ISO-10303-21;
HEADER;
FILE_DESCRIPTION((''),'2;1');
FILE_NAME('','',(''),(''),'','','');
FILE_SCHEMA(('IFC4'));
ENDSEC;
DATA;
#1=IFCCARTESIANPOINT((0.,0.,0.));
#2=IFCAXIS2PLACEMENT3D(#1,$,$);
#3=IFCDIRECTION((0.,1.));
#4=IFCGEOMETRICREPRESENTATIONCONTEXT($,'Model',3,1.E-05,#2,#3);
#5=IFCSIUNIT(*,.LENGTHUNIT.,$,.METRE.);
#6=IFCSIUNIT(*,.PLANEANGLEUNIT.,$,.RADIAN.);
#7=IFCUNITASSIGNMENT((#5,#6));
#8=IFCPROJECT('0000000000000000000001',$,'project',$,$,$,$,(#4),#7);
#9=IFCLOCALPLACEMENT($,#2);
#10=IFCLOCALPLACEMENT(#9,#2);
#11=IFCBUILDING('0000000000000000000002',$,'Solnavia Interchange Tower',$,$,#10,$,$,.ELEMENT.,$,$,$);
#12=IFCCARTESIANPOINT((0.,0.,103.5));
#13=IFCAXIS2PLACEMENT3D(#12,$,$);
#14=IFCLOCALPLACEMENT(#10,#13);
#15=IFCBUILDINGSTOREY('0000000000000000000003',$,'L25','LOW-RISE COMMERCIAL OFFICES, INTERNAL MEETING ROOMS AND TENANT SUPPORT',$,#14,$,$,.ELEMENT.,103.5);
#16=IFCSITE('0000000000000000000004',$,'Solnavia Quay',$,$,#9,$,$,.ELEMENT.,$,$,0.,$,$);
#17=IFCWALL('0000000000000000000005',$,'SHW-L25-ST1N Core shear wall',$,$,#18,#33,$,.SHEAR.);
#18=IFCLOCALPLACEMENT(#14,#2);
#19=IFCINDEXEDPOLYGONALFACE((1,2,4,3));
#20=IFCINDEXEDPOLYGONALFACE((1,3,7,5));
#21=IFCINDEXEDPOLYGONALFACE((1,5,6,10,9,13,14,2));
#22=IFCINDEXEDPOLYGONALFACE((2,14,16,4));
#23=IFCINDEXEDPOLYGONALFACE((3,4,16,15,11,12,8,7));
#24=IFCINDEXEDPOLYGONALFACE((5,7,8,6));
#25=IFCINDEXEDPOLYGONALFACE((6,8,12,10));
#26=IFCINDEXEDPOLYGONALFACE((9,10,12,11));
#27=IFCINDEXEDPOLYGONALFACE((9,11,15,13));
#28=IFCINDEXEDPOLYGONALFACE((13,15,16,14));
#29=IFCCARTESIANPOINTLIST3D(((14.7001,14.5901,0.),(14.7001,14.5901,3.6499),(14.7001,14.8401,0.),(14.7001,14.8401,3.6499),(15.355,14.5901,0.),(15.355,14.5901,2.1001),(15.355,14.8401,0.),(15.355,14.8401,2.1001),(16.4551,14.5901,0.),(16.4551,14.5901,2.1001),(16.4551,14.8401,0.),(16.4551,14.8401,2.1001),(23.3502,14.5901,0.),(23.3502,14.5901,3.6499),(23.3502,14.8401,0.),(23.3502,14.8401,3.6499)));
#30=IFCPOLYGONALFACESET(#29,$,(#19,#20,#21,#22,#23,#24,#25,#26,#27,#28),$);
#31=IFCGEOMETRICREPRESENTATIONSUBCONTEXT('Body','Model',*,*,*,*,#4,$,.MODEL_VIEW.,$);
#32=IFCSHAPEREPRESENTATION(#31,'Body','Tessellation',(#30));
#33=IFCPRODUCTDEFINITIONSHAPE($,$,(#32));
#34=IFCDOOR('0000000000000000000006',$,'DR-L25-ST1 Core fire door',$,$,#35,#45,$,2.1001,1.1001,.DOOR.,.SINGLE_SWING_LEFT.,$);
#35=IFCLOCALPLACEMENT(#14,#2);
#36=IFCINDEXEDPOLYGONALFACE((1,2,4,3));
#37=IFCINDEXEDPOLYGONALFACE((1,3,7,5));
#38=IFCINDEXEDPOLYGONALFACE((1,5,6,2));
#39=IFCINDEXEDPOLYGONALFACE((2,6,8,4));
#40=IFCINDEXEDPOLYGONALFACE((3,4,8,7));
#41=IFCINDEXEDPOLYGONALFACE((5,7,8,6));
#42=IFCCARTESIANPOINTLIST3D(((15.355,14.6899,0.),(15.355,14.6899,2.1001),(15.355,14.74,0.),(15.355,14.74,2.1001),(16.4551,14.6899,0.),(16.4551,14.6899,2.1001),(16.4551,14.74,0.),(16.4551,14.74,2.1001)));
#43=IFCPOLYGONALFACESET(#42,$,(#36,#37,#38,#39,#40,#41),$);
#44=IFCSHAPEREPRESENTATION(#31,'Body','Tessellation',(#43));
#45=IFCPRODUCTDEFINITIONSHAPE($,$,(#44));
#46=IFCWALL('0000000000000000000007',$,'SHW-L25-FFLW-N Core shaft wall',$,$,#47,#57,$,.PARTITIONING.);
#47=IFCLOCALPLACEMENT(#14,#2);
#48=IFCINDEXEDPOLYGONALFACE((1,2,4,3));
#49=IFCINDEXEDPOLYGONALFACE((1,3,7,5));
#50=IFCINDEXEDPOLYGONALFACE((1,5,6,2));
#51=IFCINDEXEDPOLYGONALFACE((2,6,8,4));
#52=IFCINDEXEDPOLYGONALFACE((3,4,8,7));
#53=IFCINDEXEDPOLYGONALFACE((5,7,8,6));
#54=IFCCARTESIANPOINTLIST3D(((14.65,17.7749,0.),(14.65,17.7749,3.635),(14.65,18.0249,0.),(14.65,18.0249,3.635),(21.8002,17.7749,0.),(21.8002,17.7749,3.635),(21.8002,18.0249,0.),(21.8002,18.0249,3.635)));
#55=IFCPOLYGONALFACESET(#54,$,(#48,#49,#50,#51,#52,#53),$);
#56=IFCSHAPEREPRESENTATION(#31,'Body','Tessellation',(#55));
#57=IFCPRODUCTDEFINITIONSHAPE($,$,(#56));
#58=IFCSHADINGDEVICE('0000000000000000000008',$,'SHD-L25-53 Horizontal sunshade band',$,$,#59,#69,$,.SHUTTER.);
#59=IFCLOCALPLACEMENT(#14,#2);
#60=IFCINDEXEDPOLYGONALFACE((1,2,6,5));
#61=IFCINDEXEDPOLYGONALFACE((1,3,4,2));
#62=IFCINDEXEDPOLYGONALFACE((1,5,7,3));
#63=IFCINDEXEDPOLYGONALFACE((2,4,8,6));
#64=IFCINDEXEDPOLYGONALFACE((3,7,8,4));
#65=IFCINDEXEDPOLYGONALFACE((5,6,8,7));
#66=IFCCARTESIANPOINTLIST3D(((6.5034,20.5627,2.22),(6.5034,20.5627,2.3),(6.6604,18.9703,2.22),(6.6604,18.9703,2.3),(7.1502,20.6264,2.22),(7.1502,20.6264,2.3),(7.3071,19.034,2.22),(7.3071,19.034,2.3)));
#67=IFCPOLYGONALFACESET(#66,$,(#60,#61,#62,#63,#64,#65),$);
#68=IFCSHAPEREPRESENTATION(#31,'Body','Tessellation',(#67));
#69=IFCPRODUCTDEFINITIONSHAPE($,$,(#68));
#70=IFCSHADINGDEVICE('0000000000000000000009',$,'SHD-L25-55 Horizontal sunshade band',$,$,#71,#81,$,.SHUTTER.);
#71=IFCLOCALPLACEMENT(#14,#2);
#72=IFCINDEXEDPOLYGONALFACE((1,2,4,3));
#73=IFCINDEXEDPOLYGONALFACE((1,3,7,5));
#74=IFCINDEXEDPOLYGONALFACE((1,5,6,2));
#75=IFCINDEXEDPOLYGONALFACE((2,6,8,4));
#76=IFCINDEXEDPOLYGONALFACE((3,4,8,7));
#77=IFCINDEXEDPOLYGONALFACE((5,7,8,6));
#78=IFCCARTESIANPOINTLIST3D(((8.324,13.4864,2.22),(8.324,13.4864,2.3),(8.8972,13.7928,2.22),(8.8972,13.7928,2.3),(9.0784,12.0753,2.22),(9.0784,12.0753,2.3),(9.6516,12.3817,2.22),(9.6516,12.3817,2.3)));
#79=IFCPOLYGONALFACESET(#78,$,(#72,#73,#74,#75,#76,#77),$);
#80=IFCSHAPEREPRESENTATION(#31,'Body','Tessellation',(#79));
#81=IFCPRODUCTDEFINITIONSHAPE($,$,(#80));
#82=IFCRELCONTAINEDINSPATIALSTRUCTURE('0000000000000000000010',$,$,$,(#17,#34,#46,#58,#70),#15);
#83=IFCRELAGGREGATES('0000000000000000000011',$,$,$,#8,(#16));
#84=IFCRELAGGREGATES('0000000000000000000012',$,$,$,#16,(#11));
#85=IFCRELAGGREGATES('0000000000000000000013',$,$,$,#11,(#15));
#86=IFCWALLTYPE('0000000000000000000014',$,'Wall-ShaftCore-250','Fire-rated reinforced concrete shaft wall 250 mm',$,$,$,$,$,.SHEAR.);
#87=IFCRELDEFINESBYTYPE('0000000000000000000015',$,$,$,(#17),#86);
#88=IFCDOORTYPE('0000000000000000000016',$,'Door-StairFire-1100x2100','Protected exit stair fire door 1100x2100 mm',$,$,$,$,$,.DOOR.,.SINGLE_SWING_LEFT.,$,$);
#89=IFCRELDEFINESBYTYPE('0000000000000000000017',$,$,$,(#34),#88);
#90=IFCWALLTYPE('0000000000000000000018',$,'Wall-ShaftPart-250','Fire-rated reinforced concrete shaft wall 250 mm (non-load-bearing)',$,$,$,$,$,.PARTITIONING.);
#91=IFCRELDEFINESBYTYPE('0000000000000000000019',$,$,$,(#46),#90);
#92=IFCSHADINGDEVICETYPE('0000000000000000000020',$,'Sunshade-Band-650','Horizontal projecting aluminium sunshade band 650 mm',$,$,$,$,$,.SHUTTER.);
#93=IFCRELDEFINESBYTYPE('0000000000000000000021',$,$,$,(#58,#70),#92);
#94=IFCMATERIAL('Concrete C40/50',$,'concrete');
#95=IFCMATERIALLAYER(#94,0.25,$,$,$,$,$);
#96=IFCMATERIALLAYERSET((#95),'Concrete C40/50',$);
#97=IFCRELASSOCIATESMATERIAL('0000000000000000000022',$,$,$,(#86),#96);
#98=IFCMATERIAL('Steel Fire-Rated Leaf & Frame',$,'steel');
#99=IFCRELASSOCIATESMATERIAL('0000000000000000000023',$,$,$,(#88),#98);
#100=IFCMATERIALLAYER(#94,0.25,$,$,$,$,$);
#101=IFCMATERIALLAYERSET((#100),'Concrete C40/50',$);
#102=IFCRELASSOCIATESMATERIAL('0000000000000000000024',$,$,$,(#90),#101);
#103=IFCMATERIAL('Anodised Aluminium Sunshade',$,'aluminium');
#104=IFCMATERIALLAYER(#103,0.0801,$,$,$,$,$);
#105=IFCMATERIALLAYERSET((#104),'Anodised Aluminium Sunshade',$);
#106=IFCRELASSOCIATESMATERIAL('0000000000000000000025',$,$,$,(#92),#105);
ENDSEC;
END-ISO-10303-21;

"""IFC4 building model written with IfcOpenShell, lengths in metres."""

from ifc_helpers import new_model, si_unit, direction, frame, frame_2d, origin, origin_2d, place, context, subcontext, project, spatial, rectangle, extrude, material, layer, layer_set, type_object, element, fill, save


model = new_model("IFC4")

# Units and contexts
model_context = context("Model", 3, precision=1e-05, world=origin(), true_north=direction((0.0, 1.0)))
body_context = subcontext(model_context, "Body", "Model", "MODEL_VIEW")
ifc_project = project(units=[si_unit("LENGTHUNIT", "METRE"), si_unit("PLANEANGLEUNIT", "RADIAN")], contexts=[model_context])

# Site, building, storey
site_placement = place(None, origin())
site = spatial("IfcSite", under=ifc_project, at=site_placement, Name="Solnavia Quay", CompositionType="ELEMENT", RefElevation=0.0)
building_placement = place(site_placement, origin())
building = spatial("IfcBuilding", under=site, at=building_placement, Name="Solnavia Interchange Tower", CompositionType="ELEMENT")
storey_placement = place(building_placement, frame((0.0, 0.0, 103.5)))
storey = spatial("IfcBuildingStorey", under=building, at=storey_placement, Name="L25", Description="LOW-RISE COMMERCIAL OFFICES, INTERNAL MEETING ROOMS AND TENANT SUPPORT", CompositionType="ELEMENT", Elevation=103.5)

# Shared definitions
ifc_material_1 = material(Name="Concrete C40/50", Category="concrete")

# Shared definitions
ifc_layer_1 = layer(ifc_material_1, 0.25)
ifc_layer_set_1 = layer_set([ifc_layer_1], Name="Concrete C40/50")
wall_type_1 = type_object("IfcWallType", Name="Wall-ShaftCore-250", Description="Fire-rated reinforced concrete shaft wall 250 mm", PredefinedType="SHEAR", material=ifc_layer_set_1)

# Wall, opening, door
wall_1_placement = place(storey_placement, frame((14.7, 14.7151, 0.0), z_axis=(0.0, 0.0, 1.0), x_axis=(1.0, 0.0, 0.0)))
wall_1 = element("IfcWall", 1, at=wall_1_placement, inside=storey, type_object=wall_type_1, Name="SHW-L25-ST1N Core shear wall", PredefinedType="SHEAR", context=body_context, shape_type="SweptSolid", body=[
    extrude(rectangle(XDim=8.6501, YDim=0.25, at=frame_2d((4.3252, 0.0))), origin(), (0.0, 0.0, 1.0), 3.6499),
])
opening_1_placement = place(wall_1_placement, frame((0.655, 0.0, 0.0)))
opening_1 = element("IfcOpeningElement", 2, at=opening_1_placement, cuts=wall_1, PredefinedType="OPENING", context=body_context, shape_type="SweptSolid", body=[
    extrude(rectangle(XDim=1.1001, YDim=2.1001, at=frame_2d((0.55, 1.05))), frame((0.0, 0.135, 0.0), z_axis=(0.0, -1.0, 0.0), x_axis=(1.0, 0.0, 0.0)), (0.0, 0.0, 1.0), 0.27),
])
ifc_material_2 = material(Name="Steel Fire-Rated Leaf & Frame", Category="steel")
door_type_1 = type_object("IfcDoorType", Name="Door-StairFire-1100x2100", Description="Protected exit stair fire door 1100x2100 mm", OperationType="SINGLE_SWING_LEFT", PredefinedType="DOOR", material=ifc_material_2)
door_1_placement = place(opening_1_placement, origin())
door_1 = element("IfcDoor", 3, at=door_1_placement, inside=storey, type_object=door_type_1, Name="DR-L25-ST1 Core fire door", OperationType="SINGLE_SWING_LEFT", OverallHeight=2.1001, OverallWidth=1.1001, PredefinedType="DOOR", context=body_context, shape_type="SweptSolid", body=[
    extrude(rectangle(XDim=1.1001, YDim=2.1001, at=frame_2d((0.55, 1.05))), frame((0.0, 0.0249, 0.0), z_axis=(0.0, -1.0, 0.0), x_axis=(1.0, 0.0, 0.0)), (0.0, 0.0, 1.0), 0.05),
])
fill(opening_1, door_1)

# Wall
ifc_layer_2 = layer(ifc_material_1, 0.25)
ifc_layer_set_2 = layer_set([ifc_layer_2], Name="Concrete C40/50")
wall_type_2 = type_object("IfcWallType", Name="Wall-ShaftPart-250", Description="Fire-rated reinforced concrete shaft wall 250 mm (non-load-bearing)", PredefinedType="PARTITIONING", material=ifc_layer_set_2)
wall_2_placement = place(storey_placement, frame((14.6499, 17.8999, 0.0), z_axis=(0.0, 0.0, 1.0), x_axis=(1.0, 0.0, 0.0)))
element("IfcWall", 4, at=wall_2_placement, inside=storey, type_object=wall_type_2, Name="SHW-L25-FFLW-N Core shaft wall", PredefinedType="PARTITIONING", context=body_context, shape_type="SweptSolid", body=[
    extrude(rectangle(XDim=7.1501, YDim=0.25, at=frame_2d((3.5752, 0.0))), origin(), (0.0, 0.0, 1.0), 3.635),
])

# Shading devices
ifc_material_3 = material(Name="Anodised Aluminium Sunshade", Category="aluminium")
ifc_layer_3 = layer(ifc_material_3, 0.0801)
ifc_layer_set_3 = layer_set([ifc_layer_3], Name="Anodised Aluminium Sunshade")
shading_device_type = type_object("IfcShadingDeviceType", Name="Sunshade-Band-650", Description="Horizontal projecting aluminium sunshade band 650 mm", PredefinedType="SHUTTER", material=ifc_layer_set_3)
for number, where, z_axis, x_axis, name in (
    (5, (6.9053, 19.7983, 2.22), (0.0, 0.0, 1.0), (-0.098104, 0.995176, 0.0), "SHD-L25-53 Horizontal sunshade band"),
    (6, (8.9878, 12.9341, 2.22), (0.0, 0.0, 1.0), (-0.471474, 0.88188, 0.0), "SHD-L25-55 Horizontal sunshade band"),
):
    element("IfcShadingDevice", number, at=place(storey_placement, frame(where, z_axis=z_axis, x_axis=x_axis)), inside=storey, type_object=shading_device_type, Name=name, PredefinedType="SHUTTER", context=body_context, shape_type="SweptSolid", body=[
        extrude(rectangle(XDim=1.6001, YDim=0.6499, at=origin_2d()), origin(), (0.0, 0.0, 1.0), 0.0801),
    ])

save(model, "model.ifc")
